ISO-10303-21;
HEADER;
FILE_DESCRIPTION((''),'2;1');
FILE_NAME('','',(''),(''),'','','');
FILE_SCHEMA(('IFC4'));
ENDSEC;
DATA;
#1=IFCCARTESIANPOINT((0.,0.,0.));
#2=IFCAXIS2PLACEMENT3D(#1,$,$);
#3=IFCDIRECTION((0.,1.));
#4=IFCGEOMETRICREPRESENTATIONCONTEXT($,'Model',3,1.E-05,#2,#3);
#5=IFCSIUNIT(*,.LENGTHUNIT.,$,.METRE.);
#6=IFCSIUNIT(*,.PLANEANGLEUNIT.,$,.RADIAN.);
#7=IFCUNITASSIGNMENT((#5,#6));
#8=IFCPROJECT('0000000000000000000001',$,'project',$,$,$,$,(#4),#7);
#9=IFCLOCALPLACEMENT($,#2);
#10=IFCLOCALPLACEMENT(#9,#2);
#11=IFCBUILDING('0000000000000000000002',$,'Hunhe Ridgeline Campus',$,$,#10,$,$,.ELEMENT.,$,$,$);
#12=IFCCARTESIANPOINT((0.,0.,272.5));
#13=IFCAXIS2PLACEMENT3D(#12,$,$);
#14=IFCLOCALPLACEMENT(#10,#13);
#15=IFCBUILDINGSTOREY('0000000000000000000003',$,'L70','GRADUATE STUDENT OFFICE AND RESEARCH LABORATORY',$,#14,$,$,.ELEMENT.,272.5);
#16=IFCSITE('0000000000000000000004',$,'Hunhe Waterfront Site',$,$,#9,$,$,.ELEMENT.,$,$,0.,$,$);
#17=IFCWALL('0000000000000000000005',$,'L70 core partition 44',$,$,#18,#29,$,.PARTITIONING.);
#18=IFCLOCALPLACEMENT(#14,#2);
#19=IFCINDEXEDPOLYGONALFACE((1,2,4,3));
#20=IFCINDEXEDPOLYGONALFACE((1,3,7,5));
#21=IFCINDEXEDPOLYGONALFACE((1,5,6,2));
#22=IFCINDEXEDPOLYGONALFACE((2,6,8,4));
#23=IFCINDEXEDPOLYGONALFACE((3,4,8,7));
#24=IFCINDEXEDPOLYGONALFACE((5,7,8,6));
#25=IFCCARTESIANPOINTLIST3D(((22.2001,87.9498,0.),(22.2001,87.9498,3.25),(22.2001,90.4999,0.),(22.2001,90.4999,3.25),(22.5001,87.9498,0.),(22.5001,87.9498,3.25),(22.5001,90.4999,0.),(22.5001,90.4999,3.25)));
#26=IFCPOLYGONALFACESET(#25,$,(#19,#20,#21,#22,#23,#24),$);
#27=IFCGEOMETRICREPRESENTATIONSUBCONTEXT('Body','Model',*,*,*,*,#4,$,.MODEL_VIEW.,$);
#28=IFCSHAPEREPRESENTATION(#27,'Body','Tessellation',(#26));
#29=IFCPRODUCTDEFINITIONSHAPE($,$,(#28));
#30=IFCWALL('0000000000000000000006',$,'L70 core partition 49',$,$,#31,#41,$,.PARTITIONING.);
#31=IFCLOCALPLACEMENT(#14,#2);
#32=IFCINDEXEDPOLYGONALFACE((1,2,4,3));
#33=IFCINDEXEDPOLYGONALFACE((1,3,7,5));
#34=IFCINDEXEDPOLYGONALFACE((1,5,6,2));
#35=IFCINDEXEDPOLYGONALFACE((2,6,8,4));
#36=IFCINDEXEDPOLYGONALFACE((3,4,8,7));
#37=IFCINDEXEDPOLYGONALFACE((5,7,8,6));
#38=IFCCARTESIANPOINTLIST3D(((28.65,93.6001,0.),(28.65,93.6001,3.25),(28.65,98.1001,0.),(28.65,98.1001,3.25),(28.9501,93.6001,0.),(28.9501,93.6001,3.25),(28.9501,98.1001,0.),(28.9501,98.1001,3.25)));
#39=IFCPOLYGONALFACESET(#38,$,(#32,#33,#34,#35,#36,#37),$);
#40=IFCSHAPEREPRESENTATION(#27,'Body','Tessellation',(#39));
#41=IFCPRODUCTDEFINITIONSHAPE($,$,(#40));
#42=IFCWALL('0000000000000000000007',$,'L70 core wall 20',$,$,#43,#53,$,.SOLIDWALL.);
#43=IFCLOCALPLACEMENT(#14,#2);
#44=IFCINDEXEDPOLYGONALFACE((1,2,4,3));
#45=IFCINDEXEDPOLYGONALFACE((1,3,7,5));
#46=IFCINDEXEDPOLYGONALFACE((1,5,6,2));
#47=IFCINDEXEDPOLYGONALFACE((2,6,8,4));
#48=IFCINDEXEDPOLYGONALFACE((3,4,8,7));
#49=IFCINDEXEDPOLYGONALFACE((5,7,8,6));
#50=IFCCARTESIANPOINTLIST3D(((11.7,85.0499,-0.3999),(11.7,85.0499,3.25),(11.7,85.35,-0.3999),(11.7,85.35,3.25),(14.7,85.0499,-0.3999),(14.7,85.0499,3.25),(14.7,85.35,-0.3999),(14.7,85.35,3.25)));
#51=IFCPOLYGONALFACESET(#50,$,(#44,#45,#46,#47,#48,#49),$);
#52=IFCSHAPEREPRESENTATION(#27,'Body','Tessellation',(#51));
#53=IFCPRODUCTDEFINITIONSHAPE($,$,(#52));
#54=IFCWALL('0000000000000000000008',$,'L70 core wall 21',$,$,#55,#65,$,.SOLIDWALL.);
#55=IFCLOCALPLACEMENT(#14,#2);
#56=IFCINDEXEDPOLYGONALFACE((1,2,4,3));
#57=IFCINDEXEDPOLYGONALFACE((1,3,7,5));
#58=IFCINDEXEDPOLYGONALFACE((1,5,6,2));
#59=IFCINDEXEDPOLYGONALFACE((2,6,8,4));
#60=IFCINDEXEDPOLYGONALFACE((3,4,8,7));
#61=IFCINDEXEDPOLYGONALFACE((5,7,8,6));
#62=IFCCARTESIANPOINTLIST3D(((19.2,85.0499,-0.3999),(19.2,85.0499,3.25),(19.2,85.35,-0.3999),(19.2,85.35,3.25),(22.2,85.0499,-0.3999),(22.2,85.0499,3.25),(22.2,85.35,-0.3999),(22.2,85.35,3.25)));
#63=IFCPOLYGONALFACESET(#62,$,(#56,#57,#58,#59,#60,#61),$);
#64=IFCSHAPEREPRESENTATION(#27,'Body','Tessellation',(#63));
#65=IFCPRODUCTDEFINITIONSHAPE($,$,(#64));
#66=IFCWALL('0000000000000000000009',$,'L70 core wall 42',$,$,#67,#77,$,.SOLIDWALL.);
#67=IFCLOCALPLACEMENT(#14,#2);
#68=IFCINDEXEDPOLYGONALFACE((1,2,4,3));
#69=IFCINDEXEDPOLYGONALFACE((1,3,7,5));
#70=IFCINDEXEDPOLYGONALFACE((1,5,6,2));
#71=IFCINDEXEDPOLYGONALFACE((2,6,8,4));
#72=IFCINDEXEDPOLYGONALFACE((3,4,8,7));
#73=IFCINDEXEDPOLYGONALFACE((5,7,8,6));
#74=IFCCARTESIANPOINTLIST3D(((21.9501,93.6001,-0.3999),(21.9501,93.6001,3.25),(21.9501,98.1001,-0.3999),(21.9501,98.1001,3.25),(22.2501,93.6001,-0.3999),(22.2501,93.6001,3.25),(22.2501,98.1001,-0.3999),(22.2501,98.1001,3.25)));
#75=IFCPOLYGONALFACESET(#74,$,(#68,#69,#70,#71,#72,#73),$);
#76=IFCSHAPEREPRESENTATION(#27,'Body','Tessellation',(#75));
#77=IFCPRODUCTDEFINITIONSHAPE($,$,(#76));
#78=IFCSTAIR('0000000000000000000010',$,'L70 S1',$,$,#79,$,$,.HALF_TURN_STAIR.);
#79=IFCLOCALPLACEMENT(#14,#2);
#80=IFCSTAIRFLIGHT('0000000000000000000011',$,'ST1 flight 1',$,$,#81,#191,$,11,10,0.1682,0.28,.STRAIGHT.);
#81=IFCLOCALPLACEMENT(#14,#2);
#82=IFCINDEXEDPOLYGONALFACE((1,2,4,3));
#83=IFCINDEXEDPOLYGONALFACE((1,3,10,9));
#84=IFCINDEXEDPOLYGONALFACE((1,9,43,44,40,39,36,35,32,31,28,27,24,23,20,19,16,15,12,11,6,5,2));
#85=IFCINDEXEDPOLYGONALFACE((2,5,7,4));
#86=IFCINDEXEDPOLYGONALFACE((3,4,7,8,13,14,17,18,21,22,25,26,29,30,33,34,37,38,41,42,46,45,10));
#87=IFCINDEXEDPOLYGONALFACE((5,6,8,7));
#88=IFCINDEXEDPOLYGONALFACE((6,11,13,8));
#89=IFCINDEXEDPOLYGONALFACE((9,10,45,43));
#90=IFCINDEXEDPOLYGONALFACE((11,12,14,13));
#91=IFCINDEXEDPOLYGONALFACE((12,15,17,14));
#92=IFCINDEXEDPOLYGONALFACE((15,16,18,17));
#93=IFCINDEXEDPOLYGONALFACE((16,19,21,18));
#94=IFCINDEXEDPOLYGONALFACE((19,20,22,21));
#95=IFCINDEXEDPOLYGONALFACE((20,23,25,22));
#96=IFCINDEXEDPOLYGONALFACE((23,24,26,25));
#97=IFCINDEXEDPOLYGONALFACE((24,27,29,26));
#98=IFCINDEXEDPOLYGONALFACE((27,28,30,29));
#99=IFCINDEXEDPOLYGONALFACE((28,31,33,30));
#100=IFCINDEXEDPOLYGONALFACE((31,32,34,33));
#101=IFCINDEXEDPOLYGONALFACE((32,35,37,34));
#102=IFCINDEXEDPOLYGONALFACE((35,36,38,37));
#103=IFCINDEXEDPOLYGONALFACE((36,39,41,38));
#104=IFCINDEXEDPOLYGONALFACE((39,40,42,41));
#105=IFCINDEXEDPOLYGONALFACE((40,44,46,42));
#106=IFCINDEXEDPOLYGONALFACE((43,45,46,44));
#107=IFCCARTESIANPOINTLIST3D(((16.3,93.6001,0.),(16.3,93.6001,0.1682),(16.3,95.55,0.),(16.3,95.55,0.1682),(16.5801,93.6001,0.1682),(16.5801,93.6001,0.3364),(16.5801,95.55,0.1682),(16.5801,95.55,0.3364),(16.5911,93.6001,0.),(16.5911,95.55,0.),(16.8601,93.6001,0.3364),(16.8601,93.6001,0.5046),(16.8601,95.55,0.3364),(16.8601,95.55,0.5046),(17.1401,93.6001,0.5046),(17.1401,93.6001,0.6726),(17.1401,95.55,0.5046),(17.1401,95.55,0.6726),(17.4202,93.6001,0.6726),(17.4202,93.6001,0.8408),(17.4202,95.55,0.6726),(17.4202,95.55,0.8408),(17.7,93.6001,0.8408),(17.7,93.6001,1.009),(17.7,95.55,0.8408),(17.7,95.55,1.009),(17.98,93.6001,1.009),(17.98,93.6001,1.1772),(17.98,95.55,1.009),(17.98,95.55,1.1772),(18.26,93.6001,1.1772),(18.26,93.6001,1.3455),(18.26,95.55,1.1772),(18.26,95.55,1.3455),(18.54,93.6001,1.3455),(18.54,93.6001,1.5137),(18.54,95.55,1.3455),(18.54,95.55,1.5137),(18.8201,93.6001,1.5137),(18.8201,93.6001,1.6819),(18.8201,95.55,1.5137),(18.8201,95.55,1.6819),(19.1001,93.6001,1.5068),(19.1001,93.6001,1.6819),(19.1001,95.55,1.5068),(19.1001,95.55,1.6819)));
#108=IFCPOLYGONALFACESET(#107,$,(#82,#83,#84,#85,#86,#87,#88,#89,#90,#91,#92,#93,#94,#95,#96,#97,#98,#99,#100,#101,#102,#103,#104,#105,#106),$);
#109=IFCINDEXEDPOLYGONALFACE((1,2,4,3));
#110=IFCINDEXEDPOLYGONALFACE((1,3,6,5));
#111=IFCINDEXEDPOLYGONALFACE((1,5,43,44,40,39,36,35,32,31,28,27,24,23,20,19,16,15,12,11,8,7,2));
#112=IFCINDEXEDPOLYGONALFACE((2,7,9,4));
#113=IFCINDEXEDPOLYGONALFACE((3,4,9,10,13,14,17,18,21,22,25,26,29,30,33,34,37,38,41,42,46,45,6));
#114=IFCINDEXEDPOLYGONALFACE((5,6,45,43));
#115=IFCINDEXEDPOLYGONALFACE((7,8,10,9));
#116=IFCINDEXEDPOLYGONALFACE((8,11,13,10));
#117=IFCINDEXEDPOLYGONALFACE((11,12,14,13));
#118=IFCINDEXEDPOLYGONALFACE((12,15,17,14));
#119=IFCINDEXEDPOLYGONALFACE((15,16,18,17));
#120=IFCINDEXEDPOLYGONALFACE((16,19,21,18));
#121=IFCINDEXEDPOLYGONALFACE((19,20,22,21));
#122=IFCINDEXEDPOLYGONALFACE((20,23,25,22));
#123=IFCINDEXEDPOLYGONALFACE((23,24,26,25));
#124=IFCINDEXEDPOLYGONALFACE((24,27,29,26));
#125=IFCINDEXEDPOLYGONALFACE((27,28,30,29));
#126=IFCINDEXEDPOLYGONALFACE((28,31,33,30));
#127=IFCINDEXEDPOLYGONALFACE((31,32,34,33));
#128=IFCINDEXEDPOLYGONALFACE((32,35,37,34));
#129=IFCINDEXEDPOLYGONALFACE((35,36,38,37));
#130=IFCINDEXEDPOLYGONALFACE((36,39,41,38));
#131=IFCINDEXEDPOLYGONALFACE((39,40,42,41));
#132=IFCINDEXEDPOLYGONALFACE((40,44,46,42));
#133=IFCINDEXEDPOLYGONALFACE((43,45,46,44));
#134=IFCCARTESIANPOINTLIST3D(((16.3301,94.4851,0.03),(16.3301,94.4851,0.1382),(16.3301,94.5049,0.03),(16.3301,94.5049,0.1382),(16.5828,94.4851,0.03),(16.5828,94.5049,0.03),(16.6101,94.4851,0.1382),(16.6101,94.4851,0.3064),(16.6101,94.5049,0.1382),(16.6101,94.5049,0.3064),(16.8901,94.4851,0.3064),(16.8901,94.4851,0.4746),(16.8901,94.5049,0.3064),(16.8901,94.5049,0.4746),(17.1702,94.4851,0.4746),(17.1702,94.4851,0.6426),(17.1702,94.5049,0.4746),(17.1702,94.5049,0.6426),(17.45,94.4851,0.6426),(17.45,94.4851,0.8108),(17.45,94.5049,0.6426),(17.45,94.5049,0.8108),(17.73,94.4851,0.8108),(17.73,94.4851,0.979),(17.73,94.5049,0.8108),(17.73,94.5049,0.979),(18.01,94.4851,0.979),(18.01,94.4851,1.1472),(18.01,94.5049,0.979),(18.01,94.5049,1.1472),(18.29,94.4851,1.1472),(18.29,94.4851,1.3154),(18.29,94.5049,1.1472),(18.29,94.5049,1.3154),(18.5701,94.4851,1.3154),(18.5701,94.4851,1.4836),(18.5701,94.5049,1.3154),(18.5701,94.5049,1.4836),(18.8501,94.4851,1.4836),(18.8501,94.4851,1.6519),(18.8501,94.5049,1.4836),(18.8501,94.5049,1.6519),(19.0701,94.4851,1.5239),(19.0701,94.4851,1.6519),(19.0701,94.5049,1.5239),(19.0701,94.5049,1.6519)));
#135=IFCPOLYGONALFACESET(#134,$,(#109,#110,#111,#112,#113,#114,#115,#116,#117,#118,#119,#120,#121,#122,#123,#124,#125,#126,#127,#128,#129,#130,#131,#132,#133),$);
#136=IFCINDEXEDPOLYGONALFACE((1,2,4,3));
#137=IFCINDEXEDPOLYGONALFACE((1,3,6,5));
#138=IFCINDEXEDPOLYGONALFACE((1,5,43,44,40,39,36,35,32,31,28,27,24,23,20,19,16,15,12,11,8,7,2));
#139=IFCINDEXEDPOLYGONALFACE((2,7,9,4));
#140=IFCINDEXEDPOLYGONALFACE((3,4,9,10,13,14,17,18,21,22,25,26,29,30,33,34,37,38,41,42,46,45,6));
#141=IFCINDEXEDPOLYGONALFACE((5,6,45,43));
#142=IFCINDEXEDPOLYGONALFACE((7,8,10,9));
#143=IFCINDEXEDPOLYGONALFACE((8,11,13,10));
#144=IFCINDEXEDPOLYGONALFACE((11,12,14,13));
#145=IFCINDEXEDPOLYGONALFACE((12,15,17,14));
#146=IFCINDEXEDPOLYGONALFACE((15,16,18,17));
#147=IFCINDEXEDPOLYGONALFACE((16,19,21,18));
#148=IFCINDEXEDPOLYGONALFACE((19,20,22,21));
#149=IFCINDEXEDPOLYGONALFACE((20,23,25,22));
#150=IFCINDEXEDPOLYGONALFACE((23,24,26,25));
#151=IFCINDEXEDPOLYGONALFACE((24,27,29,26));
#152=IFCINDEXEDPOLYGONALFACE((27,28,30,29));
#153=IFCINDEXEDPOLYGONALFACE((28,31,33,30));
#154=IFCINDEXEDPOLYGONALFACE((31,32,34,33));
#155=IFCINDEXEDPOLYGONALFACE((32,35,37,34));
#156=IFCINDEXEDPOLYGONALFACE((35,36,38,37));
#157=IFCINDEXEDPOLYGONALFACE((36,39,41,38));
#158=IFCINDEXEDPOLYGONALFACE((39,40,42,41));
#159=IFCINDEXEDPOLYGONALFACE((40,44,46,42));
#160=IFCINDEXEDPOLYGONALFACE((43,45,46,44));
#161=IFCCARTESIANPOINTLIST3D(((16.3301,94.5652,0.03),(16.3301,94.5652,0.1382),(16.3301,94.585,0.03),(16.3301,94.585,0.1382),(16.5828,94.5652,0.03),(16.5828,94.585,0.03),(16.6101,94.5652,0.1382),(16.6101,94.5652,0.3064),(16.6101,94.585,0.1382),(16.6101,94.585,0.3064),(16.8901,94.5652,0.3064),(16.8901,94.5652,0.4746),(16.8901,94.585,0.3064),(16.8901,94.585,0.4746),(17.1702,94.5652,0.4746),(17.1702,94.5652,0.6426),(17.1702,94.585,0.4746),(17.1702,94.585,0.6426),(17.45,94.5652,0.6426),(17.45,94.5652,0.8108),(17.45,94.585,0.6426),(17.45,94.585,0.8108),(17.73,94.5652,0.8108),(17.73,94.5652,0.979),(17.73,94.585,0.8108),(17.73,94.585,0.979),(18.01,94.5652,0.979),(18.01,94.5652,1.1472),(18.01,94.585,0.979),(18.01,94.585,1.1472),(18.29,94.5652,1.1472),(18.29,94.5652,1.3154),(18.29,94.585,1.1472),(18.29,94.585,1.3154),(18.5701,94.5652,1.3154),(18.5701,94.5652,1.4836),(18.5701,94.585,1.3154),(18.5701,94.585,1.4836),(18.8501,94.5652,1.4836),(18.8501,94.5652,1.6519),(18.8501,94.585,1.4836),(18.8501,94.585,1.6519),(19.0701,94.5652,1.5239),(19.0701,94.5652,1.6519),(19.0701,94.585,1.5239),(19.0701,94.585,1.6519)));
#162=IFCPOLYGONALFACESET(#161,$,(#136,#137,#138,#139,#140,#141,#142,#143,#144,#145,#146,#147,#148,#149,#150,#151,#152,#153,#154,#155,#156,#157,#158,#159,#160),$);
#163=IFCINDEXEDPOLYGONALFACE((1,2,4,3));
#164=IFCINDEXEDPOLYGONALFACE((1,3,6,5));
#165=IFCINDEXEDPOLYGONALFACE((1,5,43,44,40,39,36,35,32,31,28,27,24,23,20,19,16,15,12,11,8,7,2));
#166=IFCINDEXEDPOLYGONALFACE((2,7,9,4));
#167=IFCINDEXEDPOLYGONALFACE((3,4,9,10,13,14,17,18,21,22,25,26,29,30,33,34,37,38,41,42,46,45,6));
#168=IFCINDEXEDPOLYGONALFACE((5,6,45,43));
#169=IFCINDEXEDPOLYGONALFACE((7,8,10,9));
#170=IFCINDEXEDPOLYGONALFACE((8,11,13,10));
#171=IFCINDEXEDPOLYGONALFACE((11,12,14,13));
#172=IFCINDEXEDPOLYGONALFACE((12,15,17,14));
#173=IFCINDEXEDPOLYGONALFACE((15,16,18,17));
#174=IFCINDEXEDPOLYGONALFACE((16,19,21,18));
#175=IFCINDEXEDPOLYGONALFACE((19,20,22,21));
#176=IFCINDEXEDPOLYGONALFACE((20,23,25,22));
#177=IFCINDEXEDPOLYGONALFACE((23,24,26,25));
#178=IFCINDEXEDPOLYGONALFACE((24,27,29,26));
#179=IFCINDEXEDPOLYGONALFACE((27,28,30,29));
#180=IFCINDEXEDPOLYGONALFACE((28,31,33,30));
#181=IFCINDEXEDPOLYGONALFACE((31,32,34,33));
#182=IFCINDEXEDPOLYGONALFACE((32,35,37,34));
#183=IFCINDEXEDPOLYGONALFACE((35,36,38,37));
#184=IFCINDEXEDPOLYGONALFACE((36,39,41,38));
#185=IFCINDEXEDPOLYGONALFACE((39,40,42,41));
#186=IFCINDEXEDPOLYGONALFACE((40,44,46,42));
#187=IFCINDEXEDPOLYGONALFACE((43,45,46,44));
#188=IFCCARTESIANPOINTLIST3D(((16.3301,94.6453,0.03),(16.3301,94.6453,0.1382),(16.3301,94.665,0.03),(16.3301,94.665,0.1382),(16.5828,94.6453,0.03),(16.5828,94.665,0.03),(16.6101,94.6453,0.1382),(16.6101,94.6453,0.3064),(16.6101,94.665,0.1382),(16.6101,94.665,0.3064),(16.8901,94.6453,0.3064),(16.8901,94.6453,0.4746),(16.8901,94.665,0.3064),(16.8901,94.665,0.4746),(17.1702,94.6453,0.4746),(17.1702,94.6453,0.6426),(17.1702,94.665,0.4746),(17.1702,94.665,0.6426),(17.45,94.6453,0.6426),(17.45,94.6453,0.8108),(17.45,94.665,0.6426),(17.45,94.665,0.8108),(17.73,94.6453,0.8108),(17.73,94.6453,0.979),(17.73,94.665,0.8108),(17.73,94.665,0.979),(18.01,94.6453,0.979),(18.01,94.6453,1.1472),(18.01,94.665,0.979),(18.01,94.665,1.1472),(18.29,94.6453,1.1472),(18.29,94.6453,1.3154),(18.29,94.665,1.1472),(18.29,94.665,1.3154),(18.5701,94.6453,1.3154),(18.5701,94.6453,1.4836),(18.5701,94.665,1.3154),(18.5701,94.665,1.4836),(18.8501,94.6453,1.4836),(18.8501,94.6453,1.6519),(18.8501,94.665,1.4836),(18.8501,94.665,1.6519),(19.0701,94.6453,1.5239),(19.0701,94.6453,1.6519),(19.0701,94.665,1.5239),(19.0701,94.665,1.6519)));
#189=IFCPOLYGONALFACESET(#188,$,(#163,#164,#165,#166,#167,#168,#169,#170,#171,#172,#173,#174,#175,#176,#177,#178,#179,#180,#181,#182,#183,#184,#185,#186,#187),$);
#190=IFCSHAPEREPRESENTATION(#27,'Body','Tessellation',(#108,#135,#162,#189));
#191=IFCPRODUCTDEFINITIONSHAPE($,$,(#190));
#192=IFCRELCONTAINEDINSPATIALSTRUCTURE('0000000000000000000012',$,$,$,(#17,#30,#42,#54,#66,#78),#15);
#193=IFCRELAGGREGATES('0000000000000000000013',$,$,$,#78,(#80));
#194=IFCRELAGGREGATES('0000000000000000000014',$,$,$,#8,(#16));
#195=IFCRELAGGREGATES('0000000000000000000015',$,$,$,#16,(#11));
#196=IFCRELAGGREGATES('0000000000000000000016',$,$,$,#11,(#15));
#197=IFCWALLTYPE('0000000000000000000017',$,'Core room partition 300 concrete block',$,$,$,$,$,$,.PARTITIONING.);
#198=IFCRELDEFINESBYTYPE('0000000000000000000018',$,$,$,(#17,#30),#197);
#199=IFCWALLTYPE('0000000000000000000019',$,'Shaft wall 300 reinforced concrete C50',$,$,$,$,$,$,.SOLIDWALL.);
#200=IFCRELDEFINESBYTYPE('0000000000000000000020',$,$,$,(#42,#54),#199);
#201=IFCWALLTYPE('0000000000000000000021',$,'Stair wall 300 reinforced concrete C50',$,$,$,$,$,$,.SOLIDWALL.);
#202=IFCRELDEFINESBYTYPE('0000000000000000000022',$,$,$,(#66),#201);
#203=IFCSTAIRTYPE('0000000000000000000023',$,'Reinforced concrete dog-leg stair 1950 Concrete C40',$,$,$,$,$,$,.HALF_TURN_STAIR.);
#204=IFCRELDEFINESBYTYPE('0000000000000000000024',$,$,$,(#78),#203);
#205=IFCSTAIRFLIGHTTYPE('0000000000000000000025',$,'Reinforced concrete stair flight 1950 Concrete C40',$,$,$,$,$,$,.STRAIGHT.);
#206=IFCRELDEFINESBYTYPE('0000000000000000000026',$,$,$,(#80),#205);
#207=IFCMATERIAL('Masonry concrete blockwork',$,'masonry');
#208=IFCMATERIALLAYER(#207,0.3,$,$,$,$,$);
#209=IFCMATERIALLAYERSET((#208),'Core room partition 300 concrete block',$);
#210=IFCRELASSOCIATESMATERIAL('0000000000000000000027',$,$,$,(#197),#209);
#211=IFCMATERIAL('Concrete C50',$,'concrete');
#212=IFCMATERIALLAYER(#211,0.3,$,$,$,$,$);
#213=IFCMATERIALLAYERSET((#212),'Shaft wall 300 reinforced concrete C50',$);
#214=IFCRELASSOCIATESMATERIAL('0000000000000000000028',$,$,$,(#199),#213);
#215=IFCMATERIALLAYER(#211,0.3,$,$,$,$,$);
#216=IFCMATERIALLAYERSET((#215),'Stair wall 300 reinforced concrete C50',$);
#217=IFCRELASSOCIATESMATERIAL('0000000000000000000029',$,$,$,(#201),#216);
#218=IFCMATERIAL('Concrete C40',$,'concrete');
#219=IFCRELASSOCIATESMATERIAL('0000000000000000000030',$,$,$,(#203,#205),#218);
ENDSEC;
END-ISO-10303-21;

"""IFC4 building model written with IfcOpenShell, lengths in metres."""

from ifc_helpers import new_model, si_unit, direction, frame, frame_2d, origin, place, context, subcontext, project, spatial, polyline, rectangle, outline, extrude, material, layer, layer_set, type_object, element, aggregate, save


model = new_model("IFC4")

# Units and contexts
model_context = context("Model", 3, precision=1e-05, world=origin(), true_north=direction((0.0, 1.0)))
body_context = subcontext(model_context, "Body", "Model", "MODEL_VIEW")
ifc_project = project(units=[si_unit("LENGTHUNIT", "METRE"), si_unit("PLANEANGLEUNIT", "RADIAN")], contexts=[model_context])

# Site, building, storey
site_placement = place(None, origin())
site = spatial("IfcSite", under=ifc_project, at=site_placement, Name="Hunhe Waterfront Site", CompositionType="ELEMENT", RefElevation=0.0)
building_placement = place(site_placement, origin())
building = spatial("IfcBuilding", under=site, at=building_placement, Name="Hunhe Ridgeline Campus", CompositionType="ELEMENT")
storey_placement = place(building_placement, frame((0.0, 0.0, 272.5)))
storey = spatial("IfcBuildingStorey", under=building, at=storey_placement, Name="L70", Description="GRADUATE STUDENT OFFICE AND RESEARCH LABORATORY", CompositionType="ELEMENT", Elevation=272.5)

# Walls
ifc_material_1 = material(Name="Masonry concrete blockwork", Category="masonry")
ifc_layer_1 = layer(ifc_material_1, 0.3)
ifc_layer_set_1 = layer_set([ifc_layer_1], Name="Core room partition 300 concrete block")
wall_type_1 = type_object("IfcWallType", Name="Core room partition 300 concrete block", PredefinedType="PARTITIONING", material=ifc_layer_set_1)
wall_1_placement = place(storey_placement, frame((22.3501, 87.95, 0.0), z_axis=(0.0, 0.0, 1.0), x_axis=(0.0, 1.0, 0.0)))
element("IfcWall", 1, at=wall_1_placement, inside=storey, type_object=wall_type_1, Name="L70 core partition 44", PredefinedType="PARTITIONING", context=body_context, shape_type="SweptSolid", body=[
    extrude(rectangle(XDim=2.55, YDim=0.3, at=frame_2d((1.2749, 0.0))), origin(), (0.0, 0.0, 1.0), 3.25),
])
wall_2_placement = place(storey_placement, frame((28.8, 93.6001, 0.0), z_axis=(0.0, 0.0, 1.0), x_axis=(0.0, 1.0, 0.0)))
element("IfcWall", 2, at=wall_2_placement, inside=storey, type_object=wall_type_1, Name="L70 core partition 49", PredefinedType="PARTITIONING", context=body_context, shape_type="SweptSolid", body=[
    extrude(rectangle(XDim=4.5, YDim=0.3, at=frame_2d((2.25, 0.0))), origin(), (0.0, 0.0, 1.0), 3.25),
])
ifc_material_2 = material(Name="Concrete C50", Category="concrete")
ifc_layer_2 = layer(ifc_material_2, 0.3)
ifc_layer_set_2 = layer_set([ifc_layer_2], Name="Shaft wall 300 reinforced concrete C50")
wall_type_2 = type_object("IfcWallType", Name="Shaft wall 300 reinforced concrete C50", PredefinedType="SOLIDWALL", material=ifc_layer_set_2)
for number, where, z_axis, x_axis, name in (
    (3, (11.7, 85.2, -0.3999), (0.0, 0.0, 1.0), (1.0, 0.0, 0.0), "L70 core wall 20"),
    (4, (19.2, 85.2, -0.3999), (0.0, 0.0, 1.0), (1.0, 0.0, 0.0), "L70 core wall 21"),
):
    element("IfcWall", number, at=place(storey_placement, frame(where, z_axis=z_axis, x_axis=x_axis)), inside=storey, type_object=wall_type_2, Name=name, PredefinedType="SOLIDWALL", context=body_context, shape_type="SweptSolid", body=[
        extrude(rectangle(XDim=3.0, YDim=0.3, at=frame_2d((1.5, 0.0))), origin(), (0.0, 0.0, 1.0), 3.6499),
    ])

# Shared definitions
ifc_layer_3 = layer(ifc_material_2, 0.3)
ifc_layer_set_3 = layer_set([ifc_layer_3], Name="Stair wall 300 reinforced concrete C50")
wall_type_3 = type_object("IfcWallType", Name="Stair wall 300 reinforced concrete C50", PredefinedType="SOLIDWALL", material=ifc_layer_set_3)

# Wall
wall_3_placement = place(storey_placement, frame((22.1001, 93.6001, -0.3999), z_axis=(0.0, 0.0, 1.0), x_axis=(0.0, 1.0, 0.0)))
element("IfcWall", 5, at=wall_3_placement, inside=storey, type_object=wall_type_3, Name="L70 core wall 42", PredefinedType="SOLIDWALL", context=body_context, shape_type="SweptSolid", body=[
    extrude(rectangle(XDim=4.5, YDim=0.3, at=frame_2d((2.25, 0.0))), origin(), (0.0, 0.0, 1.0), 3.6499),
])

# Stair, stair flight
ifc_material_3 = material(Name="Concrete C40", Category="concrete")
stair_type = type_object("IfcStairType", Name="Reinforced concrete dog-leg stair 1950 Concrete C40", PredefinedType="HALF_TURN_STAIR", material=ifc_material_3)
stair_placement = place(storey_placement, origin())
stair = element("IfcStair", 6, at=stair_placement, inside=storey, type_object=stair_type, Name="L70 S1", PredefinedType="HALF_TURN_STAIR")
stair_flight_type = type_object("IfcStairFlightType", Name="Reinforced concrete stair flight 1950 Concrete C40", PredefinedType="STRAIGHT", material=ifc_material_3)
stair_flight_1_placement = place(storey_placement, frame((16.3, 94.575, 0.0), z_axis=(0.0, 0.0, 1.0), x_axis=(1.0, 0.0, 0.0)))
stair_flight_1 = element("IfcStairFlight", 7, at=stair_flight_1_placement, type_object=stair_flight_type, Name="ST1 flight 1", NumberOfRisers=11, NumberOfTreads=10, PredefinedType="STRAIGHT", RiserHeight=0.1682, TreadLength=0.28, context=body_context, shape_type="SweptSolid", body=[
    extrude(outline(polyline([(0.0, 0.0), (0.0, 0.1682), (0.28, 0.1682), (0.28, 0.3364), (0.5601, 0.3364), (0.5601, 0.5046), (0.8401, 0.5046), (0.8401, 0.6726), (1.1201, 0.6726), (1.1201, 0.8408), (1.3999, 0.8408), (1.3999, 1.009), (1.6799, 1.009), (1.6799, 1.1772), (1.96, 1.1772), (1.96, 1.3455), (2.24, 1.3455), (2.24, 1.5137), (2.52, 1.5137), (2.52, 1.6819), (2.8, 1.6819), (2.8, 1.8501), (2.8, 1.5068), (0.291, 0.0), (0.0, 0.0)])), frame((0.0, 0.9751, 0.0), z_axis=(0.0, -1.0, 0.0), x_axis=(1.0, 0.0, 0.0)), (0.0, 0.0, 1.0), 1.95),
    extrude(outline(polyline([(0.03, 0.03), (0.03, 0.1382), (0.3101, 0.1382), (0.3101, 0.3064), (0.5901, 0.3064), (0.5901, 0.4746), (0.8701, 0.4746), (0.8701, 0.6426), (1.1499, 0.6426), (1.1499, 0.8108), (1.4299, 0.8108), (1.4299, 0.979), (1.71, 0.979), (1.71, 1.1472), (1.99, 1.1472), (1.99, 1.3154), (2.27, 1.3154), (2.27, 1.4836), (2.55, 1.4836), (2.55, 1.6519), (2.77, 1.6519), (2.77, 1.5239), (0.2827, 0.03), (0.03, 0.03)])), frame((0.0, -0.0701, 0.0), z_axis=(0.0, -1.0, 0.0), x_axis=(1.0, 0.0, 0.0)), (0.0, 0.0, 1.0), 0.0198),
    extrude(outline(polyline([(0.03, 0.03), (0.03, 0.1382), (0.3101, 0.1382), (0.3101, 0.3064), (0.5901, 0.3064), (0.5901, 0.4746), (0.8701, 0.4746), (0.8701, 0.6426), (1.1499, 0.6426), (1.1499, 0.8108), (1.4299, 0.8108), (1.4299, 0.979), (1.71, 0.979), (1.71, 1.1472), (1.99, 1.1472), (1.99, 1.3154), (2.27, 1.3154), (2.27, 1.4836), (2.55, 1.4836), (2.55, 1.6519), (2.77, 1.6519), (2.77, 1.5239), (0.2827, 0.03), (0.03, 0.03)])), frame((0.0, 0.01, 0.0), z_axis=(0.0, -1.0, 0.0), x_axis=(1.0, 0.0, 0.0)), (0.0, 0.0, 1.0), 0.0198),
    extrude(outline(polyline([(0.03, 0.03), (0.03, 0.1382), (0.3101, 0.1382), (0.3101, 0.3064), (0.5901, 0.3064), (0.5901, 0.4746), (0.8701, 0.4746), (0.8701, 0.6426), (1.1499, 0.6426), (1.1499, 0.8108), (1.4299, 0.8108), (1.4299, 0.979), (1.71, 0.979), (1.71, 1.1472), (1.99, 1.1472), (1.99, 1.3154), (2.27, 1.3154), (2.27, 1.4836), (2.55, 1.4836), (2.55, 1.6519), (2.77, 1.6519), (2.77, 1.5239), (0.2827, 0.03), (0.03, 0.03)])), frame((0.0, 0.0901, 0.0), z_axis=(0.0, -1.0, 0.0), x_axis=(1.0, 0.0, 0.0)), (0.0, 0.0, 1.0), 0.0198),
])
aggregate(stair, [stair_flight_1])

save(model, "model.ifc")
